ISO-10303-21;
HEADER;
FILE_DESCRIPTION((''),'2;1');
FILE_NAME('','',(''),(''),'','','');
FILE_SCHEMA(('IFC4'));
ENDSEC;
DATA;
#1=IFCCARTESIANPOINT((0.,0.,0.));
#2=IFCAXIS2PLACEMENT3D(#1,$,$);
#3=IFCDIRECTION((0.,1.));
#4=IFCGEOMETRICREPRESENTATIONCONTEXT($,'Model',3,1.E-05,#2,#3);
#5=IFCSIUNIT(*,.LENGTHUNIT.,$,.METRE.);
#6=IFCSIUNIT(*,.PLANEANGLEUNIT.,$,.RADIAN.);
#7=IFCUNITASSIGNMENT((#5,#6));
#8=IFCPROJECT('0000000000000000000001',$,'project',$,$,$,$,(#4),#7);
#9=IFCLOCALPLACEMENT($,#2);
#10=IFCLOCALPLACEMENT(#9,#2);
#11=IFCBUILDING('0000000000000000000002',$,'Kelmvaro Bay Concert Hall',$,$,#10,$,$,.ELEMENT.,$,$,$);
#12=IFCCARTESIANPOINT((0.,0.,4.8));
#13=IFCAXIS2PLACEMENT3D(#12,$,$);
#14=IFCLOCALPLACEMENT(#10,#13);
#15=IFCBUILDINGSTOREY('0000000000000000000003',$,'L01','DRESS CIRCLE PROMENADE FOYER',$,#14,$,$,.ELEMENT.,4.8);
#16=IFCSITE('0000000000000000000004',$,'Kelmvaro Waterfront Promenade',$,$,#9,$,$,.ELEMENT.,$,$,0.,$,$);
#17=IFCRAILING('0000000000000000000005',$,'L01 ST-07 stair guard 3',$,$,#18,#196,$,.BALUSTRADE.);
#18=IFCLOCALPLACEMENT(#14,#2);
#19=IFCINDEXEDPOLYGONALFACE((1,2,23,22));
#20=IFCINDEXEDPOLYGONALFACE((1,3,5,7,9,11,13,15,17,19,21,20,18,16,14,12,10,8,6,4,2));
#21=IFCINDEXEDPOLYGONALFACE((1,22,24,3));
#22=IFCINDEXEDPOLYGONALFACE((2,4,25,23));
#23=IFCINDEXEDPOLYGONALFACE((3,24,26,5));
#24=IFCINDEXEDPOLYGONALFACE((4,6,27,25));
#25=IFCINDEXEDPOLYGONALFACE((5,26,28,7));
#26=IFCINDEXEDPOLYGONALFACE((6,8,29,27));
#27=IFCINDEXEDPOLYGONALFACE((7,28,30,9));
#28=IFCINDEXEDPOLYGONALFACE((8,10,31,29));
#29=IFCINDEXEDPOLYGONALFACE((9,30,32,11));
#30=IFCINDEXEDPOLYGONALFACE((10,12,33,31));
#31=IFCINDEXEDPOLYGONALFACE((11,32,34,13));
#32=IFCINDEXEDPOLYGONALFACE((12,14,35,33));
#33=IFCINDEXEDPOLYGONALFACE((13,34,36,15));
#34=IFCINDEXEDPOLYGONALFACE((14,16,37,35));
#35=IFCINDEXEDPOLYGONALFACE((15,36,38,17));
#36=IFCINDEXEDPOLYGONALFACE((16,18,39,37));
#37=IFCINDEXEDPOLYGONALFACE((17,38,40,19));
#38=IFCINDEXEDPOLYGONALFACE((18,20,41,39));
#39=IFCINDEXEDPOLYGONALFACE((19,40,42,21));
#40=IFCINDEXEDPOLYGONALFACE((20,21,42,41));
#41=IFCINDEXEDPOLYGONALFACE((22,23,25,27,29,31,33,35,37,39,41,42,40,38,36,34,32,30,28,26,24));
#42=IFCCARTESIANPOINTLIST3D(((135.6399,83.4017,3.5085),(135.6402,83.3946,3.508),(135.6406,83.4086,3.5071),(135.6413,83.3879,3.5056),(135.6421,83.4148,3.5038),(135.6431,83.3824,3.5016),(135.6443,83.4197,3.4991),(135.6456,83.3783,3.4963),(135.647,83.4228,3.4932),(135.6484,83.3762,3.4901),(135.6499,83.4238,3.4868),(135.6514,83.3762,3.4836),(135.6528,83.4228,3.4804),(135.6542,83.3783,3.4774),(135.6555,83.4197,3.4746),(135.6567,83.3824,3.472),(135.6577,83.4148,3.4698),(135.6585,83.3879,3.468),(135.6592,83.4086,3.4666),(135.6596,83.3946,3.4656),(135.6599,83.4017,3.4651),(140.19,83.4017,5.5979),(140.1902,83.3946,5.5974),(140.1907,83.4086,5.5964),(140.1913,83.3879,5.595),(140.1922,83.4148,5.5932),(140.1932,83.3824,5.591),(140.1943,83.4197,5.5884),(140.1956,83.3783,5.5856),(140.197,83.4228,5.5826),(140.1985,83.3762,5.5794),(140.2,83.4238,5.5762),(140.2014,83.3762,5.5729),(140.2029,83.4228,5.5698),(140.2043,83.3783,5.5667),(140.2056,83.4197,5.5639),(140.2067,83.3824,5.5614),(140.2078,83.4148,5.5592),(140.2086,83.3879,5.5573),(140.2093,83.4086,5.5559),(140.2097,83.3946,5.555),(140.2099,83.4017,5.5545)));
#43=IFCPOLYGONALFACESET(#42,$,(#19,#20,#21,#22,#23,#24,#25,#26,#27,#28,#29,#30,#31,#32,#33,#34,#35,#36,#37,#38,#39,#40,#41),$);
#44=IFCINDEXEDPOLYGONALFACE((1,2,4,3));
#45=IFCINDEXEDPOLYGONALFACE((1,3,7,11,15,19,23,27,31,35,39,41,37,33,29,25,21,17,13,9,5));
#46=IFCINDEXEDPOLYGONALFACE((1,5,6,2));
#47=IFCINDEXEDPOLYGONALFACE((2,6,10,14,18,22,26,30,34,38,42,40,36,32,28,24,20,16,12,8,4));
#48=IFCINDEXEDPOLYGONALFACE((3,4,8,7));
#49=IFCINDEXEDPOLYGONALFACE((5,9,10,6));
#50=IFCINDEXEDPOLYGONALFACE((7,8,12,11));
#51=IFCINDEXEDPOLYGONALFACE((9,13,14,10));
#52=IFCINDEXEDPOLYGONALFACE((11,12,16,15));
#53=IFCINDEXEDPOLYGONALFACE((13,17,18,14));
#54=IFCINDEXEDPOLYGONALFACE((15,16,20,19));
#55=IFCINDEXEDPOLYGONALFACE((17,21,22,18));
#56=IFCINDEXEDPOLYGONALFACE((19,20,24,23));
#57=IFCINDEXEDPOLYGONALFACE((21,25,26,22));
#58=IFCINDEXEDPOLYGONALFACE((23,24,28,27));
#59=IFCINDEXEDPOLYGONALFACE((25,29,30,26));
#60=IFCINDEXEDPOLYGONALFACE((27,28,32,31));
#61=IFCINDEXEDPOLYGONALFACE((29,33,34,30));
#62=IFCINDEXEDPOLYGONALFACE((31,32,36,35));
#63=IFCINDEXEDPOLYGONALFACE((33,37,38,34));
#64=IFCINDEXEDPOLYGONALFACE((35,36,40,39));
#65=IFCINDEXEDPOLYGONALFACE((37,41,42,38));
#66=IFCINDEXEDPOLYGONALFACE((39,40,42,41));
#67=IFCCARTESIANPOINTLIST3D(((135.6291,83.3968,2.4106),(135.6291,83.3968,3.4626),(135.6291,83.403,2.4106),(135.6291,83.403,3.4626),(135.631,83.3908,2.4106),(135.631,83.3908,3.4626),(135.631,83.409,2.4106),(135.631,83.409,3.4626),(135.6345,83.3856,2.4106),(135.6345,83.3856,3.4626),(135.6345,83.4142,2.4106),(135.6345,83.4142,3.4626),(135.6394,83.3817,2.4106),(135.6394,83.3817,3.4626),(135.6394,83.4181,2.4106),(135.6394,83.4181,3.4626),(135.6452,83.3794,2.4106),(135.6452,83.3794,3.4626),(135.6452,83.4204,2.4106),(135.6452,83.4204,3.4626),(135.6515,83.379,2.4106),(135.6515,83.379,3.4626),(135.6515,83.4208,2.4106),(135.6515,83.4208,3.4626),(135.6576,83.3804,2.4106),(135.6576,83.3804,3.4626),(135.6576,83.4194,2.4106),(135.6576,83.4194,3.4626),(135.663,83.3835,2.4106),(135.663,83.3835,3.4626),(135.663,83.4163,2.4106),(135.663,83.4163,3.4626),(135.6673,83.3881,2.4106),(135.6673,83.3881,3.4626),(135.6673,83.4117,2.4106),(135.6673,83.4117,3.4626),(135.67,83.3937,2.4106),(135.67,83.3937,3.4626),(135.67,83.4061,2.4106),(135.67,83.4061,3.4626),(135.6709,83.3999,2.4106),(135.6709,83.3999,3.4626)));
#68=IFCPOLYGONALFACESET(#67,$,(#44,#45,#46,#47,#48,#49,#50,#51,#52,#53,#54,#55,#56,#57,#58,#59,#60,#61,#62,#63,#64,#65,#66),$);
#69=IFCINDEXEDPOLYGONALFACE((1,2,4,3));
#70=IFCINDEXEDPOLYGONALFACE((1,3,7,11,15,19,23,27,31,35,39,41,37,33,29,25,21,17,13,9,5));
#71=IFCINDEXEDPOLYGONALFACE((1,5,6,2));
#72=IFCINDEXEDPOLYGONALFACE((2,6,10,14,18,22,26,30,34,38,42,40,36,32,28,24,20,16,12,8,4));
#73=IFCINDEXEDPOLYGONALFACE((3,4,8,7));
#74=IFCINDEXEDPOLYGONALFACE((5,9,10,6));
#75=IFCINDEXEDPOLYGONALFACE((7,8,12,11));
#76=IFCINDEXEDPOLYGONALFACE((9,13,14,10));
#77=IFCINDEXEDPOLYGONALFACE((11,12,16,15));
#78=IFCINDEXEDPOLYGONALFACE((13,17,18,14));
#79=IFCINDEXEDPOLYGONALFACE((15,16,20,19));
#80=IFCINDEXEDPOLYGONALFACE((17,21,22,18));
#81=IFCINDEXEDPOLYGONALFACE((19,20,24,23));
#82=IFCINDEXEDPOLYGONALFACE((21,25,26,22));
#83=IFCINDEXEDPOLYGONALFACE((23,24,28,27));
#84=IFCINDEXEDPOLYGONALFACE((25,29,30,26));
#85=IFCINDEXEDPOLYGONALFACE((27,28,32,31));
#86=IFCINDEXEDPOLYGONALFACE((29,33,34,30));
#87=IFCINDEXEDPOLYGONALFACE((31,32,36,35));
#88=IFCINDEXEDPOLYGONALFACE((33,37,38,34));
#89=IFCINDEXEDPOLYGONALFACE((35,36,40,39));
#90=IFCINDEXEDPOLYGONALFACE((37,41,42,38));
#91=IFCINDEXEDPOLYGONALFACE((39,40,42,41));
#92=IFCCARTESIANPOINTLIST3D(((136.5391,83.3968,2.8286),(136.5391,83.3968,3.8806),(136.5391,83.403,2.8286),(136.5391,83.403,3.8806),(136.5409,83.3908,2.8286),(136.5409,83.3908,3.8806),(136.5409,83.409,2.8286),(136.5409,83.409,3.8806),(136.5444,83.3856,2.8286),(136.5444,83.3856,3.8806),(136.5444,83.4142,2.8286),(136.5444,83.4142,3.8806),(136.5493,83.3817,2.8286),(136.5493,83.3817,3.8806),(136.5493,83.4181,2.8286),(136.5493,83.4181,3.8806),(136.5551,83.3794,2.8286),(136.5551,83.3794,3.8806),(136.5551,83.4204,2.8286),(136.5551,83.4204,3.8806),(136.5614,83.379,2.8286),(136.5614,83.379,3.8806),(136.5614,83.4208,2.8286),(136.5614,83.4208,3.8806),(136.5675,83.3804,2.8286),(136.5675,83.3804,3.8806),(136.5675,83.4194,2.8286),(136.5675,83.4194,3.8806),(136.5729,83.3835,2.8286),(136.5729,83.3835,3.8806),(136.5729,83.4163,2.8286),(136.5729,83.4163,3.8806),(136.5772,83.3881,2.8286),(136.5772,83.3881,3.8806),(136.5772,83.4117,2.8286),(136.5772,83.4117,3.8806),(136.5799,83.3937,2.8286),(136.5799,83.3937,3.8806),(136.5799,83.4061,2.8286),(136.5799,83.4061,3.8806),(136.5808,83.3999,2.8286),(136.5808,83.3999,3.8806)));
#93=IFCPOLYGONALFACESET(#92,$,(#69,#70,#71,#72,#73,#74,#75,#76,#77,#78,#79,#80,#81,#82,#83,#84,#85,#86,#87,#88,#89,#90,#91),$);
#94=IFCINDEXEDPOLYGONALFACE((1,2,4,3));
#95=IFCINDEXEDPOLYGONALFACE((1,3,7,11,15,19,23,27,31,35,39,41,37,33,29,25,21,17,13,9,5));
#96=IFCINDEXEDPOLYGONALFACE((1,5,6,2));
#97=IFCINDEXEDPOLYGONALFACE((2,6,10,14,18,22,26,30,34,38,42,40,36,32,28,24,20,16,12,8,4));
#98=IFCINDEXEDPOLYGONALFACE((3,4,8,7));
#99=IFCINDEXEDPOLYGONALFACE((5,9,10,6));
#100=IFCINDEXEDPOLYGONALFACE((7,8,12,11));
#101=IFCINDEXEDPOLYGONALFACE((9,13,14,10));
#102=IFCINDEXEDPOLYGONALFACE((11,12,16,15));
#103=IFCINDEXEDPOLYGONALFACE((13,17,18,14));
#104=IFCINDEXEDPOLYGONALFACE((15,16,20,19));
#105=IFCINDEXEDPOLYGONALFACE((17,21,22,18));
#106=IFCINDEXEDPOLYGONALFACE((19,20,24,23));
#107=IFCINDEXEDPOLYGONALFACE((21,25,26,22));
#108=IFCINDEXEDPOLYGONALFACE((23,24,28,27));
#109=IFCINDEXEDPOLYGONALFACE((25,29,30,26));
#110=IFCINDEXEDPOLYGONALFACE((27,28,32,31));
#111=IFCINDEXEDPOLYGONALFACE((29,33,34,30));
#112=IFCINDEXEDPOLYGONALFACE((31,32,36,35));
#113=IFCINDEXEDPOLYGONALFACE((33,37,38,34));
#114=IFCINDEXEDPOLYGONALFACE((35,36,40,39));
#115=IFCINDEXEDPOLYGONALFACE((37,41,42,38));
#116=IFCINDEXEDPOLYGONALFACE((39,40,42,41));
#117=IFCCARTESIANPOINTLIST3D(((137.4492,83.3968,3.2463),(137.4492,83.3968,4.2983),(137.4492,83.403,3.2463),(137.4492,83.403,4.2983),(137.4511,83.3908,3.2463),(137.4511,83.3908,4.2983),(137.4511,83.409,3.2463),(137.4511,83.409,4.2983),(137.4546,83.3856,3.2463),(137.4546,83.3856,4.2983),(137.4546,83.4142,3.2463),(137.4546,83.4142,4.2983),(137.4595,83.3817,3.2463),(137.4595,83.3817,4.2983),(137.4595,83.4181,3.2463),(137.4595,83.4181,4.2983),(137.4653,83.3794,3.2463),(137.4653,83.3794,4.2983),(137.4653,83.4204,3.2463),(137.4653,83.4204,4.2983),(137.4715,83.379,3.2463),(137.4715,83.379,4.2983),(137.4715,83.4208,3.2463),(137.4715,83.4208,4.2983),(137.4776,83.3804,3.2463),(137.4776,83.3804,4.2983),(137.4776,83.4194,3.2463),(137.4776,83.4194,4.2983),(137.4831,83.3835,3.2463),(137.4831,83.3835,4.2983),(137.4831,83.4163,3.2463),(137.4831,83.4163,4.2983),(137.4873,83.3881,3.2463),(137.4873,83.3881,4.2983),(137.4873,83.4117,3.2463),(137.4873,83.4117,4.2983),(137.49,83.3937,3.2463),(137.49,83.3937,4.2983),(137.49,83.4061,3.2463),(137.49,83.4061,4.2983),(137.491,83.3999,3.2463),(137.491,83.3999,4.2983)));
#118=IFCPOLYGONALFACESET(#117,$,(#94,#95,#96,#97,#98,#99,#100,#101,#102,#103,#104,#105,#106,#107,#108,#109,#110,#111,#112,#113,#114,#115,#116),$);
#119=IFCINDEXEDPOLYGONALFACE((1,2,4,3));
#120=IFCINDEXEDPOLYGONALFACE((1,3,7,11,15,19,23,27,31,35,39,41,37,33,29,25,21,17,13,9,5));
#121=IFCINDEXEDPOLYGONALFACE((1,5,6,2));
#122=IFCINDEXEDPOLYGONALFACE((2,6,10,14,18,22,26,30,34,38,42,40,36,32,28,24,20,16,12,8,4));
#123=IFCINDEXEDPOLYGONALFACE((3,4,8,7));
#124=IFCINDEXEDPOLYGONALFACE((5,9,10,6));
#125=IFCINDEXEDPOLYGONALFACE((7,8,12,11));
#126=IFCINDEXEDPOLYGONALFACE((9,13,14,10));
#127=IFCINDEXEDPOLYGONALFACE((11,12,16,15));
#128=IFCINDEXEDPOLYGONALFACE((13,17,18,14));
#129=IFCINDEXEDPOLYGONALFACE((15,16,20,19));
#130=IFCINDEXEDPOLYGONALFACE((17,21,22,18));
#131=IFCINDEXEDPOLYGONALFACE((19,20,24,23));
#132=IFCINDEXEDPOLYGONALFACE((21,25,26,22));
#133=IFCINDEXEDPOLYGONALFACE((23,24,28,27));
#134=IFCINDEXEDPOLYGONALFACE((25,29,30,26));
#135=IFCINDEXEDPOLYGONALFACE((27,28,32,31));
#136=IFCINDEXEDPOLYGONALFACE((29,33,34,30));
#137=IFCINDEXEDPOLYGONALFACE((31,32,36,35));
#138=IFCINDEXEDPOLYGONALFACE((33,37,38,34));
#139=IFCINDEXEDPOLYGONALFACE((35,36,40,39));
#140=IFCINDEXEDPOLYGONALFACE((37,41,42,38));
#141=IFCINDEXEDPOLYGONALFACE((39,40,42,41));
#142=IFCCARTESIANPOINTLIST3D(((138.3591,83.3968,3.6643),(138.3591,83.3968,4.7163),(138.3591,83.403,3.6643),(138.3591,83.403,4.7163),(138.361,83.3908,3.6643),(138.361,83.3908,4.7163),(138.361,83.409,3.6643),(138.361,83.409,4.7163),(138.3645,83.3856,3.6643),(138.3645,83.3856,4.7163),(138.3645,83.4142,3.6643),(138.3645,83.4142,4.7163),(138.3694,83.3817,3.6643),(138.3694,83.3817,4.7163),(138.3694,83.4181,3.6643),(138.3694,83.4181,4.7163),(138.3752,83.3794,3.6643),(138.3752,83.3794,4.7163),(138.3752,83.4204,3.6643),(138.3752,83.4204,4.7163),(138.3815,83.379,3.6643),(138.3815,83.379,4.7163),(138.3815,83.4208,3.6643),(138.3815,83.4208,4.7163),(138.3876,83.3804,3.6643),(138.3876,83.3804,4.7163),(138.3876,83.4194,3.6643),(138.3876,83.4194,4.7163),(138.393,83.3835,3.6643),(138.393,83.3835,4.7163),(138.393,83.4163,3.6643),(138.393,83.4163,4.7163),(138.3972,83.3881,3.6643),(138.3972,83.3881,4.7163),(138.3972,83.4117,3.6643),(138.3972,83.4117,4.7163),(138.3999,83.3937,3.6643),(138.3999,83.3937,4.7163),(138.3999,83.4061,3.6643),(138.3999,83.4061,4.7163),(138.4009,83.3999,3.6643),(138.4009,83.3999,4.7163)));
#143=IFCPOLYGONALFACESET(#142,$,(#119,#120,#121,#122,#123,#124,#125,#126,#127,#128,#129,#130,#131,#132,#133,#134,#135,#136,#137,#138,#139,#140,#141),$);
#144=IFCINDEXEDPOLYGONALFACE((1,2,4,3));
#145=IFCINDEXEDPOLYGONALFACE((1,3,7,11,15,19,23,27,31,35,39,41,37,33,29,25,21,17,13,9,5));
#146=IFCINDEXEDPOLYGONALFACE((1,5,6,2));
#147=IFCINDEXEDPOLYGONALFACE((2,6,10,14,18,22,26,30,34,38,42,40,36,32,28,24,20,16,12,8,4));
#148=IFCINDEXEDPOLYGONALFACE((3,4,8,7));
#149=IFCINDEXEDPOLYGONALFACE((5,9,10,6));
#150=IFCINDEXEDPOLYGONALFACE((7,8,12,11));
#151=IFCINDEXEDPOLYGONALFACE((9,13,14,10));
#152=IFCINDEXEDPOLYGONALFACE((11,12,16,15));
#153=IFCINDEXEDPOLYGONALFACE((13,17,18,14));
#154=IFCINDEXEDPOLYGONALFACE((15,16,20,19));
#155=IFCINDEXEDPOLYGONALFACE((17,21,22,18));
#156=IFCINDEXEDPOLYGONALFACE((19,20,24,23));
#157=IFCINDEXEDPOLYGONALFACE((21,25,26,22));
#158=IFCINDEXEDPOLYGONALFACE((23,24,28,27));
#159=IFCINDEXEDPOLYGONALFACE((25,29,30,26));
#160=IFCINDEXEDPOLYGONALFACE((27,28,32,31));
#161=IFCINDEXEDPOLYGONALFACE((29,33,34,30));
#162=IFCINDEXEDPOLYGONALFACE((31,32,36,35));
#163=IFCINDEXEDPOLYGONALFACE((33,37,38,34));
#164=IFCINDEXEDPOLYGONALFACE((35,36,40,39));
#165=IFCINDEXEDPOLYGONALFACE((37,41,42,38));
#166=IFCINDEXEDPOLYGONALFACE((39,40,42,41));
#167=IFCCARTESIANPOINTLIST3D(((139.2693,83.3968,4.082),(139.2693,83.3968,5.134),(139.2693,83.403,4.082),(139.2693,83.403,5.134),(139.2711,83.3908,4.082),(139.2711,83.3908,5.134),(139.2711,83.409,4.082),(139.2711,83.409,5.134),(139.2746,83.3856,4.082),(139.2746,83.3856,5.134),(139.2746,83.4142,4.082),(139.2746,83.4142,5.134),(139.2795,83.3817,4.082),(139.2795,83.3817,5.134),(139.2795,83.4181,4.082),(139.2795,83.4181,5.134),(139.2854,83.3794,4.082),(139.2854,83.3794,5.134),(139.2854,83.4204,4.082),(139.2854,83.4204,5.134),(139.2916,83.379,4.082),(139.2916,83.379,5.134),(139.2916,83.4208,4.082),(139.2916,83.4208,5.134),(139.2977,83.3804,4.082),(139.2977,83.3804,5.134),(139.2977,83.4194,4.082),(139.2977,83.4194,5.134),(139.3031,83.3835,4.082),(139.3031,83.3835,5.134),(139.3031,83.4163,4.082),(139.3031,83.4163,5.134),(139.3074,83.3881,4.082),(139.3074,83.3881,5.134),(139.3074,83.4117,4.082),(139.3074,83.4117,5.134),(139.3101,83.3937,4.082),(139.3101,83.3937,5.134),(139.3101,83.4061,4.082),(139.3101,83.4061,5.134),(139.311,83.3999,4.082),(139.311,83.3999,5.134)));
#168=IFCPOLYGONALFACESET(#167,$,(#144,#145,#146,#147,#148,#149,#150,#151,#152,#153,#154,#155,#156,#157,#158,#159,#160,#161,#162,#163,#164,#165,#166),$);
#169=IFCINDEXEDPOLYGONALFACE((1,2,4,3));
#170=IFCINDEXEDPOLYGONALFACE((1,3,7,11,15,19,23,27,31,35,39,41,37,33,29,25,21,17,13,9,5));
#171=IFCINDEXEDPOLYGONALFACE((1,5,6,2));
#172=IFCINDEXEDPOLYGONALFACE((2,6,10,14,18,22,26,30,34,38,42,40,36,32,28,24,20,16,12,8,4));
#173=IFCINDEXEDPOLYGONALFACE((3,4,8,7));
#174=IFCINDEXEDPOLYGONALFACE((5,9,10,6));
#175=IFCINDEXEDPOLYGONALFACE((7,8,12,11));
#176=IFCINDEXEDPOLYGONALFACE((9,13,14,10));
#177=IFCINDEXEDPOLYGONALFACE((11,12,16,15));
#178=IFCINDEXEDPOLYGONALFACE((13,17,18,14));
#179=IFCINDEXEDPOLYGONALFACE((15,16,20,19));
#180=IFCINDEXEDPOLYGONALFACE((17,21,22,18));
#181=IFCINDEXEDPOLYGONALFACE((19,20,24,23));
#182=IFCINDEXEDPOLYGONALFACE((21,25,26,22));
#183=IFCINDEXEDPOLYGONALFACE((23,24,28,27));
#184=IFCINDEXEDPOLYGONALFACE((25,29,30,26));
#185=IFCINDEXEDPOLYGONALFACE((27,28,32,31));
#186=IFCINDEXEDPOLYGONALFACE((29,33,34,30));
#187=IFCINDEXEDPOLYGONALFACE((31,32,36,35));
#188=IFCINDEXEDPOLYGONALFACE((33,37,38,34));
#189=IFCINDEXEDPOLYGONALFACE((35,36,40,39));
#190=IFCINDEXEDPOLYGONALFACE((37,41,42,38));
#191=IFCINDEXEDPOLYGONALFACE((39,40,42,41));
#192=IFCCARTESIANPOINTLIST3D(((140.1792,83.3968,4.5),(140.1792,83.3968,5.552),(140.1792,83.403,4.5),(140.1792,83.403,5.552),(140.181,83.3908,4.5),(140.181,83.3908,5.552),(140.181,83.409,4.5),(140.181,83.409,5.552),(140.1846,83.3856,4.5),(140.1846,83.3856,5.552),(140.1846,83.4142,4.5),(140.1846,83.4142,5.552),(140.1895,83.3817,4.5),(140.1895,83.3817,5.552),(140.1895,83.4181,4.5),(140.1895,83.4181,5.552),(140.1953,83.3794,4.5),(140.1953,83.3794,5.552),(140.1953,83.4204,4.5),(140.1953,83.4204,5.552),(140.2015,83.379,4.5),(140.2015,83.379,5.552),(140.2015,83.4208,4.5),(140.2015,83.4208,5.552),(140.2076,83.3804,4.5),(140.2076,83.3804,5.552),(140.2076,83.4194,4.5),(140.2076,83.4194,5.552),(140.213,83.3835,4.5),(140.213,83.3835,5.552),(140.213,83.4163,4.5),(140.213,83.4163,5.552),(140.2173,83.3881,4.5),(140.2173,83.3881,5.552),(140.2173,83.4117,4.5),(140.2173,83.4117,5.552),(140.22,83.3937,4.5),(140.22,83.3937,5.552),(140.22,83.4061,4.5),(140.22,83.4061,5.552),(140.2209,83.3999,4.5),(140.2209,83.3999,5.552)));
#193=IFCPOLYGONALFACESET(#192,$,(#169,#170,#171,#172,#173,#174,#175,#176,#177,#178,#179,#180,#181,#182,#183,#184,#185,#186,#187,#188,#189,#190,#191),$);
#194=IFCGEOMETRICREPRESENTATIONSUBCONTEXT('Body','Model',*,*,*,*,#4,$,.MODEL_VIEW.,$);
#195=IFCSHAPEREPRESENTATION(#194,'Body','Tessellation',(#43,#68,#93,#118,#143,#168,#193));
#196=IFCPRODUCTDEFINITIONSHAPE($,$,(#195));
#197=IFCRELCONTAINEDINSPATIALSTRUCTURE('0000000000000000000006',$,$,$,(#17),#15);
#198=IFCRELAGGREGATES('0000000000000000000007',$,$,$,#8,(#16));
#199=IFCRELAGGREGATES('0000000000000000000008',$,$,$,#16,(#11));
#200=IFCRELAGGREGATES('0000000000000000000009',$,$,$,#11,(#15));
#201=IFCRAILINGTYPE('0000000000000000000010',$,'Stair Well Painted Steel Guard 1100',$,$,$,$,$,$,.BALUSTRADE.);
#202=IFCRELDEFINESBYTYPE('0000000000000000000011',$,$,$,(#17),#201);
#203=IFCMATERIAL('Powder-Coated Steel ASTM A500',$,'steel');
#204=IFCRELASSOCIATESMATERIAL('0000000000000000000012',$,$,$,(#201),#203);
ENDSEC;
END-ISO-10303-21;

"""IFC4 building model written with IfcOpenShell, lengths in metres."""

from ifc_helpers import new_model, si_unit, direction, frame, origin, origin_2d, place, context, subcontext, project, spatial, circle, extrude, material, type_object, element, save


model = new_model("IFC4")

# Units and contexts
model_context = context("Model", 3, precision=1e-05, world=origin(), true_north=direction((0.0, 1.0)))
body_context = subcontext(model_context, "Body", "Model", "MODEL_VIEW")
ifc_project = project(units=[si_unit("LENGTHUNIT", "METRE"), si_unit("PLANEANGLEUNIT", "RADIAN")], contexts=[model_context])

# Site, building, storey
site_placement = place(None, origin())
site = spatial("IfcSite", under=ifc_project, at=site_placement, Name="Kelmvaro Waterfront Promenade", CompositionType="ELEMENT", RefElevation=0.0)
building_placement = place(site_placement, origin())
building = spatial("IfcBuilding", under=site, at=building_placement, Name="Kelmvaro Bay Concert Hall", CompositionType="ELEMENT")
storey_placement = place(building_placement, frame((0.0, 0.0, 4.8)))
storey = spatial("IfcBuildingStorey", under=building, at=storey_placement, Name="L01", Description="DRESS CIRCLE PROMENADE FOYER", CompositionType="ELEMENT", Elevation=4.8)

# Railing
ifc_material_1 = material(Name="Powder-Coated Steel ASTM A500", Category="steel")
railing_type_1 = type_object("IfcRailingType", Name="Stair Well Painted Steel Guard 1100", PredefinedType="BALUSTRADE", material=ifc_material_1)
railing_1_placement = place(storey_placement, frame((135.6499, 83.3999, 2.4106)))
element("IfcRailing", 1, at=railing_1_placement, inside=storey, type_object=railing_type_1, Name="L01 ST-07 stair guard 3", PredefinedType="BALUSTRADE", context=body_context, shape_type="SweptSolid", body=[
    extrude(circle(Radius=0.0239, at=origin_2d()), frame((0.0, 0.0, 1.0762), z_axis=(0.908768, 0.0, 0.417301), x_axis=(0.0, 1.0, 0.0)), (0.0, 0.0, 1.0), 5.0068),
    extrude(circle(Radius=0.021, at=origin_2d()), origin(), (0.0, 0.0, 1.0), 1.052),
    extrude(circle(Radius=0.021, at=origin_2d()), frame((0.9099, 0.0, 0.418)), (0.0, 0.0, 1.0), 1.052),
    extrude(circle(Radius=0.021, at=origin_2d()), frame((1.8201, 0.0, 0.8357)), (0.0, 0.0, 1.0), 1.052),
    extrude(circle(Radius=0.021, at=origin_2d()), frame((2.73, 0.0, 1.2537)), (0.0, 0.0, 1.0), 1.052),
    extrude(circle(Radius=0.021, at=origin_2d()), frame((3.6401, 0.0, 1.6714)), (0.0, 0.0, 1.0), 1.052),
    extrude(circle(Radius=0.021, at=origin_2d()), frame((4.55, 0.0, 2.0894)), (0.0, 0.0, 1.0), 1.052),
])

save(model, "model.ifc")
